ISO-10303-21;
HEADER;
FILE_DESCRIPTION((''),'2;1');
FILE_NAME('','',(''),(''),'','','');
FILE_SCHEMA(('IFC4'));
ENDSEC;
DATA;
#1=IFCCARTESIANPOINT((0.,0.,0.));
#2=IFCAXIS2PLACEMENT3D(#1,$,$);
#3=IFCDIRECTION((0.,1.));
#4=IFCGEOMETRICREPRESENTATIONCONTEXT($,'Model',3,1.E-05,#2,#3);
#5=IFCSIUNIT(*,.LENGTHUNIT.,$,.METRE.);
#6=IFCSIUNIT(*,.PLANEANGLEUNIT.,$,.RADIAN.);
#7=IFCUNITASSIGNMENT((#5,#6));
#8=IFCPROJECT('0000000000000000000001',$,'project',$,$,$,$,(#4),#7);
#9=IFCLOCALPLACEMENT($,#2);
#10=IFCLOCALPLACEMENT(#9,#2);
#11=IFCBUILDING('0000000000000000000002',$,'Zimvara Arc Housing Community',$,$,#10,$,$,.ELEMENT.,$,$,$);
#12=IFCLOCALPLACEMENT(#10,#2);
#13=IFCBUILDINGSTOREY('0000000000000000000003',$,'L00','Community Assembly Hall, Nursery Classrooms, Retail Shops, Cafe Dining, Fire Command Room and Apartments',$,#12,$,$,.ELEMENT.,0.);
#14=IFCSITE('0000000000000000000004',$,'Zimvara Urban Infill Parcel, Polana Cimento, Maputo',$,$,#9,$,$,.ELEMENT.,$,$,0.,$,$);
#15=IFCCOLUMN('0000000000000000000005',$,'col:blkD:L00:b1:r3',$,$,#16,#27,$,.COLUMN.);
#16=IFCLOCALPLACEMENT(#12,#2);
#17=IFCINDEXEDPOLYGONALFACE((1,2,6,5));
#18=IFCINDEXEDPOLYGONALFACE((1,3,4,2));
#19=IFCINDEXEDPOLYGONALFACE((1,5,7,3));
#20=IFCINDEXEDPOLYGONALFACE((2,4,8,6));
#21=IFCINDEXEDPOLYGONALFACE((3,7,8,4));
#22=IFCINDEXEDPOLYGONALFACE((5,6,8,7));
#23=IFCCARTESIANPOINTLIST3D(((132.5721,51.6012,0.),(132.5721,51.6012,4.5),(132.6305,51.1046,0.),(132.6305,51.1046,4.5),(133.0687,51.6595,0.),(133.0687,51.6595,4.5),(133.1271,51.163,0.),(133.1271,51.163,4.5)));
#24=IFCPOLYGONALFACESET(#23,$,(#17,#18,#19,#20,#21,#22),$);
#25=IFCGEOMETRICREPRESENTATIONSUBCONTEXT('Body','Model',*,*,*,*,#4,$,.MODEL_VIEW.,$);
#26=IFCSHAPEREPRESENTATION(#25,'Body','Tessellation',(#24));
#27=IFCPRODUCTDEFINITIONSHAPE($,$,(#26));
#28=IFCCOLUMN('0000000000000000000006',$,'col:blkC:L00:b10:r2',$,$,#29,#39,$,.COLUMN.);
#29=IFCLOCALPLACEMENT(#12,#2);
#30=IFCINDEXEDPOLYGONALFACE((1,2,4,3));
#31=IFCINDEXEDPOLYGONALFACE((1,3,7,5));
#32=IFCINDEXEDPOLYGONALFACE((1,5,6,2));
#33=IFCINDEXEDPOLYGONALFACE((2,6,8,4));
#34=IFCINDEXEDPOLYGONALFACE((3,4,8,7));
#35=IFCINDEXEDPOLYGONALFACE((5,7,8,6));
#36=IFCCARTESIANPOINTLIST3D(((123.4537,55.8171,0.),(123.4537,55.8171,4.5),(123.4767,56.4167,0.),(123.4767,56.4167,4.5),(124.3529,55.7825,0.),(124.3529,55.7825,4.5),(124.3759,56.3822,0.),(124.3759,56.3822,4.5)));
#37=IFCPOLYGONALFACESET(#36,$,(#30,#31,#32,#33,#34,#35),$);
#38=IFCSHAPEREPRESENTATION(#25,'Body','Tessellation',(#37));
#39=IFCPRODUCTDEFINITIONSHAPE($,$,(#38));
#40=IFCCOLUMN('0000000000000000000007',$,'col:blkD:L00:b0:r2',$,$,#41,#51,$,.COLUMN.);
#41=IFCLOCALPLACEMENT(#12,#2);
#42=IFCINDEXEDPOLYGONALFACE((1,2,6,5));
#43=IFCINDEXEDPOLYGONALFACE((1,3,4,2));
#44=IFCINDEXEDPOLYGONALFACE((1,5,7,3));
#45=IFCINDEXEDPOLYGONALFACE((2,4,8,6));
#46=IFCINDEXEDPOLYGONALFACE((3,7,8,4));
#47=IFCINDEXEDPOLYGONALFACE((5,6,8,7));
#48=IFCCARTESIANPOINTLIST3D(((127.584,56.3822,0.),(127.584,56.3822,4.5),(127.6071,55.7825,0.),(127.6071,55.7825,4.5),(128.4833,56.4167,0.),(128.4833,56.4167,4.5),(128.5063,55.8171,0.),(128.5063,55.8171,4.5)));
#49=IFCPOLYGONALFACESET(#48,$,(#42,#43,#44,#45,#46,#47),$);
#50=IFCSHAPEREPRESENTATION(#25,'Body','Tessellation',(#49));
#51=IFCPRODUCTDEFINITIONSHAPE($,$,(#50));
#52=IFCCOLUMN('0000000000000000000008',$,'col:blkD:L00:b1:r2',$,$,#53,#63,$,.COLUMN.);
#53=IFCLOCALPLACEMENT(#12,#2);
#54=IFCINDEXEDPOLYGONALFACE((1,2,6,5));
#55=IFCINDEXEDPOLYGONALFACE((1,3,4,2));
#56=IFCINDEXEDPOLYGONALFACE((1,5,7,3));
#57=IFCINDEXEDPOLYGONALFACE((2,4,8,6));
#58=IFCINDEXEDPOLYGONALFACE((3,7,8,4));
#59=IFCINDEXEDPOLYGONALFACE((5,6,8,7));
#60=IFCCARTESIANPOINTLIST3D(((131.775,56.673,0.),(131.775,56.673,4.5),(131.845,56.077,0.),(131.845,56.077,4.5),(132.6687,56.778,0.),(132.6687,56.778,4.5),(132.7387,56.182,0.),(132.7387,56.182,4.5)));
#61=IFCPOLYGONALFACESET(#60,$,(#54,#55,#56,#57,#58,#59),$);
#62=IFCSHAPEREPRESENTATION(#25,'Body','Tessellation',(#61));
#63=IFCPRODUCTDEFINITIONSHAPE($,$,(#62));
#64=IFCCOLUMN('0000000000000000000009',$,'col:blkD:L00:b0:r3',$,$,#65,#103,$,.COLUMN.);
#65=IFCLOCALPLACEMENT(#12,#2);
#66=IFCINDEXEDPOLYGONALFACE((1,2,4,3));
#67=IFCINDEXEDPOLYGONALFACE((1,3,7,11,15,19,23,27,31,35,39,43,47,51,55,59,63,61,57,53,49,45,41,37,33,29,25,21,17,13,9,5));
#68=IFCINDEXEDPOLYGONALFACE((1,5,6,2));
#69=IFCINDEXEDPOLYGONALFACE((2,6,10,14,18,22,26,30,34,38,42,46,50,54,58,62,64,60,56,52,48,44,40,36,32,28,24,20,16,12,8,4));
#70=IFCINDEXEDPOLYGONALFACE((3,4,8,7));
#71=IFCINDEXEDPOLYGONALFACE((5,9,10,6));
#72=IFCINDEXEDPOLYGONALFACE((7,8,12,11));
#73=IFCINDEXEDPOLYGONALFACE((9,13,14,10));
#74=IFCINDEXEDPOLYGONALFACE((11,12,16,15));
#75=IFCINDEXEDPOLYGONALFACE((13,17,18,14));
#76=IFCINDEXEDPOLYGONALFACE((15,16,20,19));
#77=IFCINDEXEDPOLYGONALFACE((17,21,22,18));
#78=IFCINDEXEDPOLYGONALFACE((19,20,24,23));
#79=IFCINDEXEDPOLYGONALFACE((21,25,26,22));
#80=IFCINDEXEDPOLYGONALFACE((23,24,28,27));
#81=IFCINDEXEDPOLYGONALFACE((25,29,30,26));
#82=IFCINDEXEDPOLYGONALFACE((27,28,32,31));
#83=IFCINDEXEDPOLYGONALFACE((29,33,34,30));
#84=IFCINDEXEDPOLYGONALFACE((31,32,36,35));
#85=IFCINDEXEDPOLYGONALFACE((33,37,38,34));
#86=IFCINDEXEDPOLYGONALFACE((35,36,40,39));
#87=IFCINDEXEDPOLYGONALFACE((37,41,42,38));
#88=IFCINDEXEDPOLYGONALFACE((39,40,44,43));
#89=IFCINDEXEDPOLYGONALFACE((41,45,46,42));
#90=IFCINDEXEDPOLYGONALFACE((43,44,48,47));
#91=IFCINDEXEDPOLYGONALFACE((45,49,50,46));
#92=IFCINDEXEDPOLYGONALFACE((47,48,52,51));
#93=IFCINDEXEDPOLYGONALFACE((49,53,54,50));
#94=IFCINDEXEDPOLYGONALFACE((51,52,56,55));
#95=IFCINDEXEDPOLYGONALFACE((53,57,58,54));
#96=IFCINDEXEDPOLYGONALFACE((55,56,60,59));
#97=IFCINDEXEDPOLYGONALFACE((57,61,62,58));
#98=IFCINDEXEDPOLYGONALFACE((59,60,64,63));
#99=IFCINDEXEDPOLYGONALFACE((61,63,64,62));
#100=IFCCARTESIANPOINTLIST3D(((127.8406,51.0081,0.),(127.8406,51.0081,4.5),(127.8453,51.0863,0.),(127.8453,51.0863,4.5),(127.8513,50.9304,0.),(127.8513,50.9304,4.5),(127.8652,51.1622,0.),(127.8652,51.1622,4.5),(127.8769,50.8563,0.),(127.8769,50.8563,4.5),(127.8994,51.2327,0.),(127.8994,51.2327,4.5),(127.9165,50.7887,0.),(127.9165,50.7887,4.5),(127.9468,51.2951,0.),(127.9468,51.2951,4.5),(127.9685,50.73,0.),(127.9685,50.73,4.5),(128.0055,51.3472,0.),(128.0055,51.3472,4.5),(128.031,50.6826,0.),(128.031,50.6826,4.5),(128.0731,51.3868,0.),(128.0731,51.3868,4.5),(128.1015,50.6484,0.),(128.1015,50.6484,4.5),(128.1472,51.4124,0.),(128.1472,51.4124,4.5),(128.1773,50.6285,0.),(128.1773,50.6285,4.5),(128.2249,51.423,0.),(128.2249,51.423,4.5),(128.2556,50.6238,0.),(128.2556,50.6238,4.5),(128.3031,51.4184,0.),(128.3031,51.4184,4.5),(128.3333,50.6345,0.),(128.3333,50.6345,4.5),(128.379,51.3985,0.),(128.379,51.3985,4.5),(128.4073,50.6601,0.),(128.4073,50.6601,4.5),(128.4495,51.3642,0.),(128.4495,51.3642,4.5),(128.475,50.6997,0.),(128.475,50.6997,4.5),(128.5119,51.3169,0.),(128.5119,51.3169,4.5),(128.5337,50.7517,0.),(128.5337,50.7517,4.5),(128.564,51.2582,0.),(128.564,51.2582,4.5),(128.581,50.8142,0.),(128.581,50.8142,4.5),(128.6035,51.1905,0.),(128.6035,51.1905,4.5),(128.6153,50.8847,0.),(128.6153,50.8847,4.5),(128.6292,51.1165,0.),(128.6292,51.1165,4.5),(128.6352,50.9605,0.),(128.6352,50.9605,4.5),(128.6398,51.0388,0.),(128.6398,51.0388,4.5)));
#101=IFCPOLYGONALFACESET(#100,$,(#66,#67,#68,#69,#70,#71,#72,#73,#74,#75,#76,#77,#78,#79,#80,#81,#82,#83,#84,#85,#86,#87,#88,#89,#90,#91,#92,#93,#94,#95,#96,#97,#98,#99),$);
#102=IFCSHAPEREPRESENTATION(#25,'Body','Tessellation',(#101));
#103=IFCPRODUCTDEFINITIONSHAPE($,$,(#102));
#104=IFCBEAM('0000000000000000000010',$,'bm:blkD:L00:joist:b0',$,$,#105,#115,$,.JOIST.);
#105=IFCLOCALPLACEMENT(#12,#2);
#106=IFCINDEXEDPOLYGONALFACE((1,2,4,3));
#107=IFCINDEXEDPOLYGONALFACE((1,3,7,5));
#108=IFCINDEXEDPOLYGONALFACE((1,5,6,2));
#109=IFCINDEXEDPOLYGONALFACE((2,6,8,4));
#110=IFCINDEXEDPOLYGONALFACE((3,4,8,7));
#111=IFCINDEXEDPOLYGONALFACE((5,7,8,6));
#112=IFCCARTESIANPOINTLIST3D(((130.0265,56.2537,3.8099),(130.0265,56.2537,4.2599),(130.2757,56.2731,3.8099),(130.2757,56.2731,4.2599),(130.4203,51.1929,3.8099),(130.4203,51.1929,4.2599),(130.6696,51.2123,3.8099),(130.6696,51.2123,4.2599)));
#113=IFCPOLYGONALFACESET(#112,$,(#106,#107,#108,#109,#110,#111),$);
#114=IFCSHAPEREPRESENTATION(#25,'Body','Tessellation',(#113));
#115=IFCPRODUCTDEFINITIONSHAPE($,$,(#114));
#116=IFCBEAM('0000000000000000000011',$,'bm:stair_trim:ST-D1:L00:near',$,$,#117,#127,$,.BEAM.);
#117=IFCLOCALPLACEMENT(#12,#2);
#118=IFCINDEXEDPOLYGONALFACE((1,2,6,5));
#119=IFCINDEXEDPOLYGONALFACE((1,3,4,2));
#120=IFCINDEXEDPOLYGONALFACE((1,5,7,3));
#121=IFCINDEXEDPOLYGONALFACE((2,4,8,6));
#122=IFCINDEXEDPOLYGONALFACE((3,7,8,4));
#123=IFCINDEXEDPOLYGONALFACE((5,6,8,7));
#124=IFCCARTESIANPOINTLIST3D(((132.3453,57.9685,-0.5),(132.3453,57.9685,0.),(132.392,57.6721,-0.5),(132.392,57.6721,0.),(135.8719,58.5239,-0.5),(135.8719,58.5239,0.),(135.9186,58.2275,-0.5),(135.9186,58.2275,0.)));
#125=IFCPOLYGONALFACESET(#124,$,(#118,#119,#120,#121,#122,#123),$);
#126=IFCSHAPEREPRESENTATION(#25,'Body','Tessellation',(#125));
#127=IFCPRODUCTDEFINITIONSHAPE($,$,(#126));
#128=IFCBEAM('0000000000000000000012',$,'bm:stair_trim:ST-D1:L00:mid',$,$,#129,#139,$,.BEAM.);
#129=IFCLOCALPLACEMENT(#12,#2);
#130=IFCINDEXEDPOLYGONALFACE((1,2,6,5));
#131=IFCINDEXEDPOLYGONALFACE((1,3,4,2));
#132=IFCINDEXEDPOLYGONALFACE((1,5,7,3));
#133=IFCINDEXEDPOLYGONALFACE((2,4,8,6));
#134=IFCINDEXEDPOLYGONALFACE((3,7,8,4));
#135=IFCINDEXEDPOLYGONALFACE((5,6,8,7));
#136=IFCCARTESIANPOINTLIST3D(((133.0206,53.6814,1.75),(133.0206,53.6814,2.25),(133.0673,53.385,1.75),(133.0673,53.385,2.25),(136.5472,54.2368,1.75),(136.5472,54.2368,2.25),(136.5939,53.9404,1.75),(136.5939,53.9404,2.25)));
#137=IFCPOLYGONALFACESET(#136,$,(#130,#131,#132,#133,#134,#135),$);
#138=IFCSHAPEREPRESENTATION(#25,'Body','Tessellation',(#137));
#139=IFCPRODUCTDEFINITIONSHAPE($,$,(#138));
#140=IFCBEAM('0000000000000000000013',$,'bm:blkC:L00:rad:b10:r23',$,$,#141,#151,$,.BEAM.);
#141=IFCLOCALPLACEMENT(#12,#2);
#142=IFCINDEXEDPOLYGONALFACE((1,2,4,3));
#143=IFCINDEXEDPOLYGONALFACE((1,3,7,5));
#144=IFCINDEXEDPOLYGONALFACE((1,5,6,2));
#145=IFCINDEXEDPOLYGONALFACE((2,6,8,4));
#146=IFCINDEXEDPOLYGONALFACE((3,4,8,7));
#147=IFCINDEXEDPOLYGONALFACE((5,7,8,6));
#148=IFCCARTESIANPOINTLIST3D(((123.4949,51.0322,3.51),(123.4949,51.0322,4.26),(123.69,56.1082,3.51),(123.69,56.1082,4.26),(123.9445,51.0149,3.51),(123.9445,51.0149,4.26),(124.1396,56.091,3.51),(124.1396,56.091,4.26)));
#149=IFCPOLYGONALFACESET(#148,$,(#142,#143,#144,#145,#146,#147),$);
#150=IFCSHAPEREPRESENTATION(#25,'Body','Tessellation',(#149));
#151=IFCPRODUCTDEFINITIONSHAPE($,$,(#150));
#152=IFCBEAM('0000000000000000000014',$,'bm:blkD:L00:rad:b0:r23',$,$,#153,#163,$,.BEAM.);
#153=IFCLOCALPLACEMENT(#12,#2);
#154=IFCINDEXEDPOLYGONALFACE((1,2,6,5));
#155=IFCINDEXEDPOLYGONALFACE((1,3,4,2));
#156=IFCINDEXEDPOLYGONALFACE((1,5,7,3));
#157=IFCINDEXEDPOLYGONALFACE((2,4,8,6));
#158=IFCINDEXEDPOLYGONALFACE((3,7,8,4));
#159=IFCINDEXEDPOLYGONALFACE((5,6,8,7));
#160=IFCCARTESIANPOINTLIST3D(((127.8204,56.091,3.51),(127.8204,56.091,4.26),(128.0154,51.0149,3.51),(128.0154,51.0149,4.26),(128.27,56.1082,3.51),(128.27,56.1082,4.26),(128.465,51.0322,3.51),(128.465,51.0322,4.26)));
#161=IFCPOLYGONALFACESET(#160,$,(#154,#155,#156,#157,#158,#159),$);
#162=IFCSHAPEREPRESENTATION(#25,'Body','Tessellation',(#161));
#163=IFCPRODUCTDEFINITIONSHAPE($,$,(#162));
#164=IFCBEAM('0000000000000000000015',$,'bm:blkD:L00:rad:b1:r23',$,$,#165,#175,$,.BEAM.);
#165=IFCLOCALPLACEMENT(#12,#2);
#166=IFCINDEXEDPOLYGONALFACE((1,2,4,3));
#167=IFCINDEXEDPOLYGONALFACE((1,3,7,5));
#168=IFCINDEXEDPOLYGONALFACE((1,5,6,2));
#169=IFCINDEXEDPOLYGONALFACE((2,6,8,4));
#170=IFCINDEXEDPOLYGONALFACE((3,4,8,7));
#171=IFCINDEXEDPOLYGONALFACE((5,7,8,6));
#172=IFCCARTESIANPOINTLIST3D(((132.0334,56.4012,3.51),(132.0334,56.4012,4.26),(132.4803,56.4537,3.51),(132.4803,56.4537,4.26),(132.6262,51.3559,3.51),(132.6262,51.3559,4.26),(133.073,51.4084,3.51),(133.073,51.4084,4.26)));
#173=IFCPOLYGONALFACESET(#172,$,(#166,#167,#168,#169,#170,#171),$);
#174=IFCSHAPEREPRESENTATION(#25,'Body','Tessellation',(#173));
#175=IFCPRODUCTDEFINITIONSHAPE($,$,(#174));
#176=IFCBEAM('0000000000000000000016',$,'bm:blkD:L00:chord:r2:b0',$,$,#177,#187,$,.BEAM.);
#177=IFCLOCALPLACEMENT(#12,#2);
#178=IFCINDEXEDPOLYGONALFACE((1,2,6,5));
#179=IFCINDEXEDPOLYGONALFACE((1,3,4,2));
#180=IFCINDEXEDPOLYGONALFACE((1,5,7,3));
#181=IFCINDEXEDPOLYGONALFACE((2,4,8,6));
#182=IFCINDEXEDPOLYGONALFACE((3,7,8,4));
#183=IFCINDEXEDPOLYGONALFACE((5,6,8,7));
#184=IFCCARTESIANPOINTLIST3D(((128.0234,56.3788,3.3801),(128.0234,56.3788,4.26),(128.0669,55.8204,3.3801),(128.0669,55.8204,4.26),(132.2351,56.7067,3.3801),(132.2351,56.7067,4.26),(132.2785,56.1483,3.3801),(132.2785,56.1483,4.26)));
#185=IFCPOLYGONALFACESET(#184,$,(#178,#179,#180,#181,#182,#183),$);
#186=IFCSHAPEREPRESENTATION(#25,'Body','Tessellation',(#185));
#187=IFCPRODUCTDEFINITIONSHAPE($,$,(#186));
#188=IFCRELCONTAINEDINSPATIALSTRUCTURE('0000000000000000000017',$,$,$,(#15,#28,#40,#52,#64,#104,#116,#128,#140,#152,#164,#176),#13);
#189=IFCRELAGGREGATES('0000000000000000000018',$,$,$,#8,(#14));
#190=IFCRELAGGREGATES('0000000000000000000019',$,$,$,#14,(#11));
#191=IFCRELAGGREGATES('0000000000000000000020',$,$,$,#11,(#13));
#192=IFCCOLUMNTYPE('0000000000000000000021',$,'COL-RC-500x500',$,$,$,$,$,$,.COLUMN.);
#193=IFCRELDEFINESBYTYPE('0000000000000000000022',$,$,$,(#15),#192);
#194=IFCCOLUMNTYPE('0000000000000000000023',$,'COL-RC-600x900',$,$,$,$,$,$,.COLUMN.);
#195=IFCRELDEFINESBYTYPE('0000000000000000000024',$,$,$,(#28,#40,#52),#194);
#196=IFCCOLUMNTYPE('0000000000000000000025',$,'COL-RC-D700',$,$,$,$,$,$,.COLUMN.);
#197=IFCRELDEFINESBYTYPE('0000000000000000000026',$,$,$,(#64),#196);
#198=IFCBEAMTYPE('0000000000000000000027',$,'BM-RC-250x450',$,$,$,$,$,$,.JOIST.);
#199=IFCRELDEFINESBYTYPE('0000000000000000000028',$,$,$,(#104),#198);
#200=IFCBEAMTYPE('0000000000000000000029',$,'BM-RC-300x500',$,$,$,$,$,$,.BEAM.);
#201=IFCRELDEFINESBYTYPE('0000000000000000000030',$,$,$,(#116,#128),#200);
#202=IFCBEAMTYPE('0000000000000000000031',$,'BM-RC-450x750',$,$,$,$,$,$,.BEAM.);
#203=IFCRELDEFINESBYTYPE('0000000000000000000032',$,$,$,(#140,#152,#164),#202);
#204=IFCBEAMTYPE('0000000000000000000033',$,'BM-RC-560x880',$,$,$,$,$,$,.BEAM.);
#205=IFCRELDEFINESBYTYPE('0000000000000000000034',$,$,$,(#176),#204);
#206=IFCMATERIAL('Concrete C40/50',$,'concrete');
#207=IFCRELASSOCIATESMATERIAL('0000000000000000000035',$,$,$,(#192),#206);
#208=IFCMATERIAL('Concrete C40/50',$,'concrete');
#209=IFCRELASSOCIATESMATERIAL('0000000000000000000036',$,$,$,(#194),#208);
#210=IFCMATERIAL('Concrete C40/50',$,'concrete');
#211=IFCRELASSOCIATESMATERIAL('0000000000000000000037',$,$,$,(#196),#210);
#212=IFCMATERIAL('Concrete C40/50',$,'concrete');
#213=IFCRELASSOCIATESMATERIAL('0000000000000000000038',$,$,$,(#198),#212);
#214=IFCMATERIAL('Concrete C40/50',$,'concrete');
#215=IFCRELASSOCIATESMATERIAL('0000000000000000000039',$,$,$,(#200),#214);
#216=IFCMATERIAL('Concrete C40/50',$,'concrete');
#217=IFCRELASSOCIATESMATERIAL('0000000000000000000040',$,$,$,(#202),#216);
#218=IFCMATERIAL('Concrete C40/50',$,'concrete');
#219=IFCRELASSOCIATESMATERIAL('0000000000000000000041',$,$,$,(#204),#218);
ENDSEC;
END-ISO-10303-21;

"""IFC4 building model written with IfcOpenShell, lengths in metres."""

from ifc_helpers import new_model, si_unit, direction, frame, origin, origin_2d, place, context, subcontext, project, spatial, rectangle, circle, extrude, material, material_profile, profile_set, type_object, element, save


model = new_model("IFC4")

# Units and contexts
model_context = context("Model", 3, precision=1e-05, world=origin(), true_north=direction((0.0, 1.0)))
body_context = subcontext(model_context, "Body", "Model", "MODEL_VIEW")
ifc_project = project(units=[si_unit("LENGTHUNIT", "METRE"), si_unit("PLANEANGLEUNIT", "RADIAN")], contexts=[model_context])

# Site, building, storey
site_placement = place(None, origin())
site = spatial("IfcSite", under=ifc_project, at=site_placement, Name="Zimvara Urban Infill Parcel, Polana Cimento, Maputo", CompositionType="ELEMENT", RefElevation=0.0)
building_placement = place(site_placement, origin())
building = spatial("IfcBuilding", under=site, at=building_placement, Name="Zimvara Arc Housing Community", CompositionType="ELEMENT")
storey_placement = place(building_placement, origin())
storey = spatial("IfcBuildingStorey", under=building, at=storey_placement, Name="L00", Description="Community Assembly Hall, Nursery Classrooms, Retail Shops, Cafe Dining, Fire Command Room and Apartments", CompositionType="ELEMENT", Elevation=0.0)

# Columns
ifc_material_1 = material(Name="Concrete C40/50", Category="concrete")
ifc_material_profile_1 = material_profile(ifc_material_1, rectangle(XDim=0.5, YDim=0.5, at=origin_2d()), Name="RC 500x500")
ifc_profile_set_1 = profile_set([ifc_material_profile_1], Name="Concrete C40/50")
column_type_1 = type_object("IfcColumnType", Name="COL-RC-500x500", PredefinedType="COLUMN", material=ifc_profile_set_1)
column_1_placement = place(storey_placement, frame((132.8496, 51.3821, 0.0), z_axis=(0.0, 0.0, 1.0), x_axis=(0.116671, -0.993171, 0.0)))
element("IfcColumn", 1, at=column_1_placement, inside=storey, type_object=column_type_1, Name="col:blkD:L00:b1:r3", PredefinedType="COLUMN", context=body_context, shape_type="SweptSolid", body=[
    extrude(rectangle(XDim=0.5, YDim=0.5, at=origin_2d()), origin(), (0.0, 0.0, 1.0), 4.5),
])
ifc_material_2 = material(Name="Concrete C40/50", Category="concrete")
ifc_material_profile_2 = material_profile(ifc_material_2, rectangle(XDim=0.6001, YDim=0.8999, at=origin_2d()), Name="RC 600x900")
ifc_profile_set_2 = profile_set([ifc_material_profile_2], Name="Concrete C40/50")
column_type_2 = type_object("IfcColumnType", Name="COL-RC-600x900", PredefinedType="COLUMN", material=ifc_profile_set_2)
for number, where, z_axis, x_axis, name in (
    (2, (123.9148, 56.0996, 0.0), (0.0, 0.0, 1.0), (-0.038388, -0.999263, 0.0), "col:blkC:L00:b10:r2"),
    (3, (128.0452, 56.0996, 0.0), (0.0, 0.0, 1.0), (0.038388, -0.999263, 0.0), "col:blkD:L00:b0:r2"),
    (4, (132.2568, 56.4275, 0.0), (0.0, 0.0, 1.0), (0.116671, -0.993171, 0.0), "col:blkD:L00:b1:r2"),
):
    element("IfcColumn", number, at=place(storey_placement, frame(where, z_axis=z_axis, x_axis=x_axis)), inside=storey, type_object=column_type_2, Name=name, PredefinedType="COLUMN", context=body_context, shape_type="SweptSolid", body=[
        extrude(rectangle(XDim=0.6001, YDim=0.8999, at=origin_2d()), origin(), (0.0, 0.0, 1.0), 4.5),
    ])
ifc_material_3 = material(Name="Concrete C40/50", Category="concrete")
ifc_material_profile_3 = material_profile(ifc_material_3, circle(Radius=0.3999, at=origin_2d()), Name="RC D800")
ifc_profile_set_3 = profile_set([ifc_material_profile_3], Name="Concrete C40/50")
column_type_3 = type_object("IfcColumnType", Name="COL-RC-D700", PredefinedType="COLUMN", material=ifc_profile_set_3)
column_2_placement = place(storey_placement, frame((128.2402, 51.0234, 0.0), z_axis=(0.0, 0.0, 1.0), x_axis=(0.038388, -0.999263, 0.0)))
element("IfcColumn", 5, at=column_2_placement, inside=storey, type_object=column_type_3, Name="col:blkD:L00:b0:r3", PredefinedType="COLUMN", context=body_context, shape_type="SweptSolid", body=[
    extrude(circle(Radius=0.3999, at=origin_2d()), origin(), (0.0, 0.0, 1.0), 4.5),
])

# Beams
ifc_material_4 = material(Name="Concrete C40/50", Category="concrete")
ifc_material_profile_4 = material_profile(ifc_material_4, rectangle(XDim=0.25, YDim=0.45, at=origin_2d()), Name="RC 250x450")
ifc_profile_set_4 = profile_set([ifc_material_profile_4], Name="Concrete C40/50")
beam_type_1 = type_object("IfcBeamType", Name="BM-RC-250x450", PredefinedType="JOIST", material=ifc_profile_set_4)
beam_1_placement = place(storey_placement, frame((130.1511, 56.2634, 4.0349), z_axis=(0.077579, -0.996986, 0.0), x_axis=(0.996986, 0.077579, 0.0)))
element("IfcBeam", 6, at=beam_1_placement, inside=storey, type_object=beam_type_1, Name="bm:blkD:L00:joist:b0", PredefinedType="JOIST", context=body_context, shape_type="SweptSolid", body=[
    extrude(rectangle(XDim=0.25, YDim=0.45, at=origin_2d()), origin(), (0.0, 0.0, 1.0), 5.0762),
])
ifc_material_5 = material(Name="Concrete C40/50", Category="concrete")
ifc_material_profile_5 = material_profile(ifc_material_5, rectangle(XDim=0.3, YDim=0.5, at=origin_2d()), Name="RC 300x500")
ifc_profile_set_5 = profile_set([ifc_material_profile_5], Name="Concrete C40/50")
beam_type_2 = type_object("IfcBeamType", Name="BM-RC-300x500", PredefinedType="BEAM", material=ifc_profile_set_5)
for number, where, z_axis, x_axis, name in (
    (7, (132.3687, 57.8203, -0.25), (0.987824, 0.155576, 0.0), (-0.155576, 0.987824, 0.0), "bm:stair_trim:ST-D1:L00:near"),
    (8, (133.0439, 53.5332, 2.0), (0.987824, 0.155576, 0.0), (-0.155576, 0.987824, 0.0), "bm:stair_trim:ST-D1:L00:mid"),
):
    element("IfcBeam", number, at=place(storey_placement, frame(where, z_axis=z_axis, x_axis=x_axis)), inside=storey, type_object=beam_type_2, Name=name, PredefinedType="BEAM", context=body_context, shape_type="SweptSolid", body=[
        extrude(rectangle(XDim=0.3, YDim=0.5, at=origin_2d()), origin(), (0.0, 0.0, 1.0), 3.5701),
    ])
ifc_material_6 = material(Name="Concrete C40/50", Category="concrete")
ifc_material_profile_6 = material_profile(ifc_material_6, rectangle(XDim=0.45, YDim=0.75, at=origin_2d()), Name="RC 450x750")
ifc_profile_set_6 = profile_set([ifc_material_profile_6], Name="Concrete C40/50")
beam_type_3 = type_object("IfcBeamType", Name="BM-RC-450x750", PredefinedType="BEAM", material=ifc_profile_set_6)
for number, where, z_axis, x_axis, name in (
    (9, (123.9148, 56.0996, 3.885), (-0.0384, -0.999262, 0.0), (0.999262, -0.0384, 0.0), "bm:blkC:L00:rad:b10:r23"),
    (10, (128.0452, 56.0996, 3.885), (0.0384, -0.999262, 0.0), (0.999262, 0.0384, 0.0), "bm:blkD:L00:rad:b0:r23"),
):
    element("IfcBeam", number, at=place(storey_placement, frame(where, z_axis=z_axis, x_axis=x_axis)), inside=storey, type_object=beam_type_3, Name=name, PredefinedType="BEAM", context=body_context, shape_type="SweptSolid", body=[
        extrude(rectangle(XDim=0.45, YDim=0.75, at=origin_2d()), origin(), (0.0, 0.0, 1.0), 5.0798),
    ])
beam_2_placement = place(storey_placement, frame((132.2568, 56.4275, 3.885), z_axis=(0.116685, -0.993169, 0.0), x_axis=(0.993169, 0.116685, 0.0)))
element("IfcBeam", 11, at=beam_2_placement, inside=storey, type_object=beam_type_3, Name="bm:blkD:L00:rad:b1:r23", PredefinedType="BEAM", context=body_context, shape_type="SweptSolid", body=[
    extrude(rectangle(XDim=0.45, YDim=0.75, at=origin_2d()), origin(), (0.0, 0.0, 1.0), 5.0801),
])
ifc_material_7 = material(Name="Concrete C40/50", Category="concrete")
ifc_material_profile_7 = material_profile(ifc_material_7, rectangle(XDim=0.5601, YDim=0.8799, at=origin_2d()), Name="RC 560x880")
ifc_profile_set_7 = profile_set([ifc_material_profile_7], Name="Concrete C40/50")
beam_type_4 = type_object("IfcBeamType", Name="BM-RC-560x880", PredefinedType="BEAM", material=ifc_profile_set_7)
beam_3_placement = place(storey_placement, frame((128.0452, 56.0996, 3.8201), z_axis=(0.996983, 0.077616, 0.0), x_axis=(-0.077616, 0.996983, 0.0)))
element("IfcBeam", 12, at=beam_3_placement, inside=storey, type_object=beam_type_4, Name="bm:blkD:L00:chord:r2:b0", PredefinedType="BEAM", context=body_context, shape_type="SweptSolid", body=[
    extrude(rectangle(XDim=0.5601, YDim=0.8799, at=origin_2d()), origin(), (0.0, 0.0, 1.0), 4.2244),
])

save(model, "model.ifc")
